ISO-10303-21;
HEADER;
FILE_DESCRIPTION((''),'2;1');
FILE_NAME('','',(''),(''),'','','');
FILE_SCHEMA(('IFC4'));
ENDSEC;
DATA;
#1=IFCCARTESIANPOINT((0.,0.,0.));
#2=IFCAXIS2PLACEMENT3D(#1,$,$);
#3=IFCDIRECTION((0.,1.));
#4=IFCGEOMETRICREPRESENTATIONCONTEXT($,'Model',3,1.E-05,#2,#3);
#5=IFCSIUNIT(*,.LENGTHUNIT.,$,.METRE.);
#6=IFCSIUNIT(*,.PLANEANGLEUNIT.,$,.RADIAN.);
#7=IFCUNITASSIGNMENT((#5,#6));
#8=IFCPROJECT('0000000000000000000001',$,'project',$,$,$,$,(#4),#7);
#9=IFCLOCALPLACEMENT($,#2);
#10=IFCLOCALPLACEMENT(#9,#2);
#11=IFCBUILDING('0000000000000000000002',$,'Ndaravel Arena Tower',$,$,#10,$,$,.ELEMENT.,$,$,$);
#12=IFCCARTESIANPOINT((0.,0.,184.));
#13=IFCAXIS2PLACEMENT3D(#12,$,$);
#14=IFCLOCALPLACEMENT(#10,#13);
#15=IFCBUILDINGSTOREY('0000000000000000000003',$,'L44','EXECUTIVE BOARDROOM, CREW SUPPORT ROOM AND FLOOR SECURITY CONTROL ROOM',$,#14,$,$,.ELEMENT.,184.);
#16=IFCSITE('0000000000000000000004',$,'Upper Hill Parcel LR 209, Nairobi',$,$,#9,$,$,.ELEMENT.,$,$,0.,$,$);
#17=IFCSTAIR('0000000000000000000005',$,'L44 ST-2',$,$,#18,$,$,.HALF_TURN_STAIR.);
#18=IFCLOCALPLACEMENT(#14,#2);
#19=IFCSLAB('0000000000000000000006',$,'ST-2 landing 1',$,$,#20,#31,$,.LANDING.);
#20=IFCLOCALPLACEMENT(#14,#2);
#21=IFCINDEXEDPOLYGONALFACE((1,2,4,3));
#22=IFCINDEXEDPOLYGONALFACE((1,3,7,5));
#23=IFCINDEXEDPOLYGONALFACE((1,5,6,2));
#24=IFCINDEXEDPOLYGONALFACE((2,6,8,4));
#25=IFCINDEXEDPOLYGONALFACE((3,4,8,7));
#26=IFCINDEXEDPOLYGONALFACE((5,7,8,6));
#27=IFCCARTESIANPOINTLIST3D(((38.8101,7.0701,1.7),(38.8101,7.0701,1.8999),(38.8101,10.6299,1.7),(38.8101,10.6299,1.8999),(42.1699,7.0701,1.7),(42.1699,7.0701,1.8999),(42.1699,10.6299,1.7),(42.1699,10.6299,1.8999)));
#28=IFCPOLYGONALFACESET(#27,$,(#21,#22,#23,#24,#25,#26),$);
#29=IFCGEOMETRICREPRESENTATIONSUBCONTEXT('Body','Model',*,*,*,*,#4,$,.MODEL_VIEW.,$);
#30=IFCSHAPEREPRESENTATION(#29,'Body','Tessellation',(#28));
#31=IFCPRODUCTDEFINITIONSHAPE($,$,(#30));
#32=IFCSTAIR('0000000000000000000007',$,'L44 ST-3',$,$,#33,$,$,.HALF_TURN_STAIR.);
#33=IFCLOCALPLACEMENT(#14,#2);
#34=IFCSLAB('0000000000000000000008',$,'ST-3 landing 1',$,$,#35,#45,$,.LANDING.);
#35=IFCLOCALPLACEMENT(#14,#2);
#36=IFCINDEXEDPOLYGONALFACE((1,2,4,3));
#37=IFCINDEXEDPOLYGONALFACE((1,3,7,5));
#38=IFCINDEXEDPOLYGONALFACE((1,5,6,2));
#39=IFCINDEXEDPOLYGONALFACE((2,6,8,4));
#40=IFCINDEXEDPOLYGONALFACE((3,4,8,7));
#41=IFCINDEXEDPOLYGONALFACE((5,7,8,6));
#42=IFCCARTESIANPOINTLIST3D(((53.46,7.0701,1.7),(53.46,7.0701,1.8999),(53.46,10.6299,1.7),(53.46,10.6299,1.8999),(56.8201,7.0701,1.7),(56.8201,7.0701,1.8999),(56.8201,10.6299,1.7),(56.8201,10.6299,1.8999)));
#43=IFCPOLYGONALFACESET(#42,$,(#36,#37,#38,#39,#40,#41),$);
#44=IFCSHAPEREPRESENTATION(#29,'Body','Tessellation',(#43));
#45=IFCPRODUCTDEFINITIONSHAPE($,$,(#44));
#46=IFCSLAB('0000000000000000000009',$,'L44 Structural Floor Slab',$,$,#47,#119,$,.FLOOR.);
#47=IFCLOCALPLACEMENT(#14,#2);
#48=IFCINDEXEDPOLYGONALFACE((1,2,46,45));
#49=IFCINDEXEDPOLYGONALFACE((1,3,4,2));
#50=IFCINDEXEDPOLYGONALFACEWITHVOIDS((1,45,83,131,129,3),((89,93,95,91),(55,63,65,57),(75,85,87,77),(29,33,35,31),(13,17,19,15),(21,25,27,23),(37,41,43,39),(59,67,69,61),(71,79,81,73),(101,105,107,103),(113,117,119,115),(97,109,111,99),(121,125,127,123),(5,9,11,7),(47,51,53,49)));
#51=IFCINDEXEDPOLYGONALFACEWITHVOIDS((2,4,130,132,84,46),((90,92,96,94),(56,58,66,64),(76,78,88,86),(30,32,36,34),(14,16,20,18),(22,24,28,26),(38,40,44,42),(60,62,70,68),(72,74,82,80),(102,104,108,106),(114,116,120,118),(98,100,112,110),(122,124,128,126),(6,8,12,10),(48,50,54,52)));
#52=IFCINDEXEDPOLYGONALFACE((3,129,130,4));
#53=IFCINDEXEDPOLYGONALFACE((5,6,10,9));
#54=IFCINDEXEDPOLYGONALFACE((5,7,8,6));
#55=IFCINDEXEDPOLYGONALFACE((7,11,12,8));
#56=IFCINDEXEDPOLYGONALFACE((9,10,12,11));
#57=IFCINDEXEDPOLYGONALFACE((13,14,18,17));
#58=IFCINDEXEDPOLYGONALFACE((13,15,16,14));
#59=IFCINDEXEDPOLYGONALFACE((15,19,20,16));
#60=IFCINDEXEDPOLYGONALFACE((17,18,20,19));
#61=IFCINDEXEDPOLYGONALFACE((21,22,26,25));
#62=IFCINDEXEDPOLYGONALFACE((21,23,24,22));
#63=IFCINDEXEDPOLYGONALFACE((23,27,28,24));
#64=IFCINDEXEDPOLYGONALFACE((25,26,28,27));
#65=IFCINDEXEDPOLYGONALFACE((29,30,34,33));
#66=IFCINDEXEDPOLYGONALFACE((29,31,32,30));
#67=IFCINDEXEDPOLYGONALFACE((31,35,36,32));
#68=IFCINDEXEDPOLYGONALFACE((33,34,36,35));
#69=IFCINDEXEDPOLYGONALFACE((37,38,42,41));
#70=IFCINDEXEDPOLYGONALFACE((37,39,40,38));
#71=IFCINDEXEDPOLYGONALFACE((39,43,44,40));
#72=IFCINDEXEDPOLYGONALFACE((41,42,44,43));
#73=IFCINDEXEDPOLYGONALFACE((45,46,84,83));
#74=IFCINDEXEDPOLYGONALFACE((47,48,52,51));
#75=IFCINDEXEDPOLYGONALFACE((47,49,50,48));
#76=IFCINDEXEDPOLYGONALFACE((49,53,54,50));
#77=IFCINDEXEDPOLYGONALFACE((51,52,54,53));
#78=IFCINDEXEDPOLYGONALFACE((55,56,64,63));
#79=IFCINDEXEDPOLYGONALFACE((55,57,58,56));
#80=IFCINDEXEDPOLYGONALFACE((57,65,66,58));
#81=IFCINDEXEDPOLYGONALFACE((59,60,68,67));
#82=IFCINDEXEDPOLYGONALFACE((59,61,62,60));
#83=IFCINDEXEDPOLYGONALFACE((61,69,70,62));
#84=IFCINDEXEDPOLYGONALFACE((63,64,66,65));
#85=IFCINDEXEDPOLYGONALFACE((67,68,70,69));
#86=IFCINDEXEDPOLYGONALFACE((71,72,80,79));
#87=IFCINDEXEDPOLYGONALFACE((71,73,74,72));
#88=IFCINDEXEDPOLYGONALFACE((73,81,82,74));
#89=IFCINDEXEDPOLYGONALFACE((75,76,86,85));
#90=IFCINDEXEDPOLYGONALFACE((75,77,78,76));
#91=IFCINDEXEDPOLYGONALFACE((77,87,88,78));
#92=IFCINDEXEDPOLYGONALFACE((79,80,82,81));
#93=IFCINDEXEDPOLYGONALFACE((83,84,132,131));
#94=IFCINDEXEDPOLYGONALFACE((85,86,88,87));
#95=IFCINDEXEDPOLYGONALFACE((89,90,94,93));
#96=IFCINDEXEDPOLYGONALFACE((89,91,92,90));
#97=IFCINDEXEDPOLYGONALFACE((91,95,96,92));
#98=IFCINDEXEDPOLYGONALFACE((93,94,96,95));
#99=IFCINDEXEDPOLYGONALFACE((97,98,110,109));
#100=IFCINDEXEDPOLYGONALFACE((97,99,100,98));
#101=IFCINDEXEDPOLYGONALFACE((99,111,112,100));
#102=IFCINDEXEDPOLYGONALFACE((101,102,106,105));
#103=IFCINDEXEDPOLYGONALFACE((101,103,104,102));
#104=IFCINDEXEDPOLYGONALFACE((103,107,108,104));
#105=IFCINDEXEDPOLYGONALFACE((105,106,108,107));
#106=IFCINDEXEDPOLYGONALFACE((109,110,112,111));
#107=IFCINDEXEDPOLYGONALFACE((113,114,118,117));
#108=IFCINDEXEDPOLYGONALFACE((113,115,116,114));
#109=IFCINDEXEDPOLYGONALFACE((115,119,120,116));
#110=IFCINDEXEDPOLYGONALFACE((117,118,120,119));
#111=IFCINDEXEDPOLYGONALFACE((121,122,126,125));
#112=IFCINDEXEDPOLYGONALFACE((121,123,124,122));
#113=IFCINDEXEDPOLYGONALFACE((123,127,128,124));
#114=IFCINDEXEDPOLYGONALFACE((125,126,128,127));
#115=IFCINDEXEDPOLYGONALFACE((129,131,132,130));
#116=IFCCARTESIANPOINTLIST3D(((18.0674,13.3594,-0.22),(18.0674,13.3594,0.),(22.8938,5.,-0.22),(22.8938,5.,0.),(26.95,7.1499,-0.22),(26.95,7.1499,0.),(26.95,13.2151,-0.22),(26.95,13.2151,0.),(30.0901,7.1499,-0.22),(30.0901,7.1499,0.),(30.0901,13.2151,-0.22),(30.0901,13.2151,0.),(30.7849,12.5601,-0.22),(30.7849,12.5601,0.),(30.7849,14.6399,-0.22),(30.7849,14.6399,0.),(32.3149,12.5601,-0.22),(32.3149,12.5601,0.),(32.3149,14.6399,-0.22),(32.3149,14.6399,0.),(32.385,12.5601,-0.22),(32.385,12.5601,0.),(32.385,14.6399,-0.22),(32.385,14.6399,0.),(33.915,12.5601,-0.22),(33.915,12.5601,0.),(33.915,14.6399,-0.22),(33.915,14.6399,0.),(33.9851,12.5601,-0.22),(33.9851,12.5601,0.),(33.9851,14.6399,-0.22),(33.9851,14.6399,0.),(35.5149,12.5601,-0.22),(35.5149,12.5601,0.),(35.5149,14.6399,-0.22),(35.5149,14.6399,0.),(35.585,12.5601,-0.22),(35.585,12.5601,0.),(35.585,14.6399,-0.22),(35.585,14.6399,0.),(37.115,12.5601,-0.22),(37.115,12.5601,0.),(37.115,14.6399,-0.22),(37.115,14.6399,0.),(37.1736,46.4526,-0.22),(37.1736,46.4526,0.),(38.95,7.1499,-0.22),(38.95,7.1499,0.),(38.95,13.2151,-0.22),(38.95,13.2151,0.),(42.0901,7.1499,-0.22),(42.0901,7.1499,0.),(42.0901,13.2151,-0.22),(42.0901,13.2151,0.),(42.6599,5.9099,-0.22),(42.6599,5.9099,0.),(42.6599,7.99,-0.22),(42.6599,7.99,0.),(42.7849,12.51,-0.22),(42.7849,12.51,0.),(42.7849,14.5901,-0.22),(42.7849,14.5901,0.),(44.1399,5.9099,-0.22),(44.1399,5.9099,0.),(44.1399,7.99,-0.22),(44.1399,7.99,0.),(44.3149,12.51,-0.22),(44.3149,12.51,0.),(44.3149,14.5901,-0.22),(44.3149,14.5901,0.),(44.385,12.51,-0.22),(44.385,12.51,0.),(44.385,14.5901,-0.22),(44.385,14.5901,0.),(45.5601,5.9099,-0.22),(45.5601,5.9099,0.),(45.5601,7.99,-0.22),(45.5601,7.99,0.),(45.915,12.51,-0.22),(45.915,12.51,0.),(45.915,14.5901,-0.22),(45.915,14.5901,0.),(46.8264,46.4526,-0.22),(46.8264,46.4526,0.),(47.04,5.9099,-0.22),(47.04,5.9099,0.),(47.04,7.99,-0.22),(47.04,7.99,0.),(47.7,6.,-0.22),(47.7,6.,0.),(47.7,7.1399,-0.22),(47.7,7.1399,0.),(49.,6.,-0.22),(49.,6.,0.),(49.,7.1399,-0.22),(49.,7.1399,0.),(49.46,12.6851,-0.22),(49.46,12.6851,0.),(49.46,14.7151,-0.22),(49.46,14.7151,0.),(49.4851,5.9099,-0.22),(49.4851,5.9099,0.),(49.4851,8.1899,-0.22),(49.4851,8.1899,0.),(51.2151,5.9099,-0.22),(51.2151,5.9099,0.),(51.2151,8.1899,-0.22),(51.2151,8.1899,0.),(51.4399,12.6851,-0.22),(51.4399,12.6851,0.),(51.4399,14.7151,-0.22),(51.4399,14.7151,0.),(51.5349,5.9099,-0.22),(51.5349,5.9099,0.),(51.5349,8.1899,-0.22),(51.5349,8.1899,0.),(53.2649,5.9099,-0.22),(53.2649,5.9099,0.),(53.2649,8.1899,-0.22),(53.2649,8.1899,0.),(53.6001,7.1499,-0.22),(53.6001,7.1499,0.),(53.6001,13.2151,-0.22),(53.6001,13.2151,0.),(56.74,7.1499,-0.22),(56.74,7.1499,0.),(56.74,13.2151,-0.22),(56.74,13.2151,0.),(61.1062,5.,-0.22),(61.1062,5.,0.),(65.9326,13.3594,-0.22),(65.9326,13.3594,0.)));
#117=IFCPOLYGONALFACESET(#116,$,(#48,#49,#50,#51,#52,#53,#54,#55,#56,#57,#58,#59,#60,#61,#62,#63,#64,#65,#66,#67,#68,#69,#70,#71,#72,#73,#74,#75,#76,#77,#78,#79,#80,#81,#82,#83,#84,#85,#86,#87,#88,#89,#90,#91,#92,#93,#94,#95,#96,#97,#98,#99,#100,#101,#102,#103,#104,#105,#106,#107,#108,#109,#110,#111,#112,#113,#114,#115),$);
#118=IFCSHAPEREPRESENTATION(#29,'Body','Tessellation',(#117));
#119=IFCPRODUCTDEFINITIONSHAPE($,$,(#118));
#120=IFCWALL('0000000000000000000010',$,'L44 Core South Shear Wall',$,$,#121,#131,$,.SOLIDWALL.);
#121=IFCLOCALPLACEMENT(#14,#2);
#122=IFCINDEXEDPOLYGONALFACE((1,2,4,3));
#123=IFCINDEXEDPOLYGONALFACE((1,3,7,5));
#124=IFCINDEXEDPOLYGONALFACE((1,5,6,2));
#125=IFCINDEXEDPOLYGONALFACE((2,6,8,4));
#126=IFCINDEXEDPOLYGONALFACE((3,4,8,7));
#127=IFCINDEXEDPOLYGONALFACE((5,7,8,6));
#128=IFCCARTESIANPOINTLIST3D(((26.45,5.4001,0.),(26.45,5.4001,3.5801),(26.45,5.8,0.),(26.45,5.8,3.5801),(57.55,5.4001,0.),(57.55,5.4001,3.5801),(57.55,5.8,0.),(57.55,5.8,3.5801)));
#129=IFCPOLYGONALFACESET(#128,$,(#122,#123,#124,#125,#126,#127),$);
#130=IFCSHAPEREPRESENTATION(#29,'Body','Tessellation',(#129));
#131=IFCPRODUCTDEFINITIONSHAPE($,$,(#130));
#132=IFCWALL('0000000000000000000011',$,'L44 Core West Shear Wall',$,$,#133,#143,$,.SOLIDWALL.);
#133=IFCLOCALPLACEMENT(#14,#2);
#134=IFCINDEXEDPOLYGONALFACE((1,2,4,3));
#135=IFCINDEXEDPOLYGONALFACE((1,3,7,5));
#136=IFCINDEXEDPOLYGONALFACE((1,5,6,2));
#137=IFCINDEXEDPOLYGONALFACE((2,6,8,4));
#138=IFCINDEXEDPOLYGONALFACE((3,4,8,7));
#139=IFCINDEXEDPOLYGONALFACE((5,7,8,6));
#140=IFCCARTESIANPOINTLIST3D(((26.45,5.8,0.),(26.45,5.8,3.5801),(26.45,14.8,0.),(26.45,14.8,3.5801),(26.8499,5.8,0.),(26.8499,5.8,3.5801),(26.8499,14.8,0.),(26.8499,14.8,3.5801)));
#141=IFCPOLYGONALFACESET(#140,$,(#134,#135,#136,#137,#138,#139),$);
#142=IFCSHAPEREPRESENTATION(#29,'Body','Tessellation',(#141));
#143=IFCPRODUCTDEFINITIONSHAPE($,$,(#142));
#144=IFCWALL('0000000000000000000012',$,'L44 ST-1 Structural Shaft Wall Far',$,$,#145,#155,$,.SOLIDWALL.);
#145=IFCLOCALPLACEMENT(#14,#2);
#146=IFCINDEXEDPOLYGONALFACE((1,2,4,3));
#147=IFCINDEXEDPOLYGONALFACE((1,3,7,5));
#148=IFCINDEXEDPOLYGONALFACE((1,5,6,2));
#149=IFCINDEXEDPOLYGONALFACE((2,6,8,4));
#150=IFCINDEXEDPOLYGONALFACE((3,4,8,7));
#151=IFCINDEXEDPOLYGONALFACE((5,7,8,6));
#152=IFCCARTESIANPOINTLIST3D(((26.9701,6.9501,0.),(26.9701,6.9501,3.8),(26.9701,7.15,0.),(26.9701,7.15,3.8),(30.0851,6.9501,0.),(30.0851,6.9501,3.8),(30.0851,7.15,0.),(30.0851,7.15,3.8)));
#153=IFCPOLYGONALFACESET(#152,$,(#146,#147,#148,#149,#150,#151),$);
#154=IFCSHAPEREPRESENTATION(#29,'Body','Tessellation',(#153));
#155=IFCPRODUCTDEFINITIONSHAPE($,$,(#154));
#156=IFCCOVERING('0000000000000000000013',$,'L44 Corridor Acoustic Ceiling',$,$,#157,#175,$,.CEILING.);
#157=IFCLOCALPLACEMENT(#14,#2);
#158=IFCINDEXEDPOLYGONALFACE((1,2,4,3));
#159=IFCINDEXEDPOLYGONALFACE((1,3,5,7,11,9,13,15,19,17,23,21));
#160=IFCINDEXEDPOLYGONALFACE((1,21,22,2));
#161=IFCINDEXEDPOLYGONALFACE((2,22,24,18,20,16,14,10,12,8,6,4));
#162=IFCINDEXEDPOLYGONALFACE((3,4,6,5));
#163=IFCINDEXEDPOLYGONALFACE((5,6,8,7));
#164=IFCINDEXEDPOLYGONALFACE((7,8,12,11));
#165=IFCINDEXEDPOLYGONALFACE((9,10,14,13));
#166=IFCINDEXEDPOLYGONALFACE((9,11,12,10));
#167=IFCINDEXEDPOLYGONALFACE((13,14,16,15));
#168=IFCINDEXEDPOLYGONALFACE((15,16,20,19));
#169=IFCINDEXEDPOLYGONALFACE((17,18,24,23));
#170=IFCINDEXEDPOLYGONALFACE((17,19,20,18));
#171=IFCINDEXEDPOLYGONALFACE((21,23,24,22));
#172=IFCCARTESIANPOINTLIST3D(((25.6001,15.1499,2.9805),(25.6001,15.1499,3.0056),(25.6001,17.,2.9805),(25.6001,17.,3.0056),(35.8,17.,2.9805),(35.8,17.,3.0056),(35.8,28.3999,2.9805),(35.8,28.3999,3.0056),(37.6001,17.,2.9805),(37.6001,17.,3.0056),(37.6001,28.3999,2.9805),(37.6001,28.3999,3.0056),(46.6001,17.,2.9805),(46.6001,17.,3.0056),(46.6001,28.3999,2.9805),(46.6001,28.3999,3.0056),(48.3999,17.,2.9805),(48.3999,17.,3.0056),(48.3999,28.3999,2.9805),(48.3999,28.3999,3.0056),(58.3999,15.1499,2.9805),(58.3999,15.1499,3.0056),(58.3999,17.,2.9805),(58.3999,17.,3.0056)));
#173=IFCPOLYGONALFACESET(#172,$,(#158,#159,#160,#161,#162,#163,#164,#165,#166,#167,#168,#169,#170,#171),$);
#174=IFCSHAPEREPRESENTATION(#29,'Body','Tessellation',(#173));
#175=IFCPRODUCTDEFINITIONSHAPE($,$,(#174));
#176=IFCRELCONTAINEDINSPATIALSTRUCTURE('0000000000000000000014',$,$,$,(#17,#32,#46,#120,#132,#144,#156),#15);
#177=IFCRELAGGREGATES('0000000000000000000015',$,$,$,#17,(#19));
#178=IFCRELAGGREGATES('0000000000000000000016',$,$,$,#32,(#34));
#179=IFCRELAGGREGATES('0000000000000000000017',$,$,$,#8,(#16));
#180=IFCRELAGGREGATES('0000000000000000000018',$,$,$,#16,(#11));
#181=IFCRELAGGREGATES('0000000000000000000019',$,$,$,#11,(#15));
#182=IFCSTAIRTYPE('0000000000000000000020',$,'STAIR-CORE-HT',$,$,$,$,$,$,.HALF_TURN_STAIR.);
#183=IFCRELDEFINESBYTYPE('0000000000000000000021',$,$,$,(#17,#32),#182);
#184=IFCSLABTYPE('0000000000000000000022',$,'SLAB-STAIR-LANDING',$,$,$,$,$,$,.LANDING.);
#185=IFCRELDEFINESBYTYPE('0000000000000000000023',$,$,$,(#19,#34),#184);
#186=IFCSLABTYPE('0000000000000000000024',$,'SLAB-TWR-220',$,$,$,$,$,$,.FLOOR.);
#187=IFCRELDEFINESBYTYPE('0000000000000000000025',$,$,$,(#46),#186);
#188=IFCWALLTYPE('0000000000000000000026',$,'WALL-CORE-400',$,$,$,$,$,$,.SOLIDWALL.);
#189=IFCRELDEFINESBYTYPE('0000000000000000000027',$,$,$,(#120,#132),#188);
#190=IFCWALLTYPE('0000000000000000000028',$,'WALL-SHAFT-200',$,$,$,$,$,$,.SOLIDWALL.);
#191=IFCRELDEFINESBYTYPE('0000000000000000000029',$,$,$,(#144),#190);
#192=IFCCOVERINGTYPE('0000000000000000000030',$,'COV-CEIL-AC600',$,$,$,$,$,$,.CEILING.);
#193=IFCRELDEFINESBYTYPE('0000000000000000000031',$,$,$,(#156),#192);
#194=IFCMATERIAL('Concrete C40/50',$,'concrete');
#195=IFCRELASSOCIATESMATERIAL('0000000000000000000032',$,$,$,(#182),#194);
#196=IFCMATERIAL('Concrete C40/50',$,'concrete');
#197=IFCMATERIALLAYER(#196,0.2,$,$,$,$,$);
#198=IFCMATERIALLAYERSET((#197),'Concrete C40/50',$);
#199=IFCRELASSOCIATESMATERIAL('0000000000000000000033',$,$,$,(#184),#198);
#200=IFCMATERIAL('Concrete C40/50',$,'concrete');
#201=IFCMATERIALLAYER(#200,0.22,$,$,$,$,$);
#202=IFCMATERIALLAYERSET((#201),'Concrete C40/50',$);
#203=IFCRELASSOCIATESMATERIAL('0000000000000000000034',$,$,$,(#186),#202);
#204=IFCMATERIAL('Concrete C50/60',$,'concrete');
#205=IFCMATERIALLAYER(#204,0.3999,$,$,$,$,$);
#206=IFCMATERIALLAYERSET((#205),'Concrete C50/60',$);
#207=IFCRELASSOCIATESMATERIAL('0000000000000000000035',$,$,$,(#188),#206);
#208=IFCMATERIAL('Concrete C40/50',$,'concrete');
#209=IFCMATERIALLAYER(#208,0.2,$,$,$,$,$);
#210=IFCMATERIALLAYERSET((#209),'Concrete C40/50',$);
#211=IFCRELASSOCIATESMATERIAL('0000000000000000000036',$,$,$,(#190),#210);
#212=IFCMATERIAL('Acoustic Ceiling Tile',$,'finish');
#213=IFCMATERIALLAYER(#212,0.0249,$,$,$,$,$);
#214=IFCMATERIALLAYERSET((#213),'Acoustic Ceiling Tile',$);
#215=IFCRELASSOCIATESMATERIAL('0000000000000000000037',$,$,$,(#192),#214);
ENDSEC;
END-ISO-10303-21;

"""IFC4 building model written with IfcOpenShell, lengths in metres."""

from ifc_helpers import new_model, si_unit, direction, frame, frame_2d, origin, place, context, subcontext, project, spatial, polyline, rectangle, outline, extrude, material, layer, layer_set, type_object, element, aggregate, save


model = new_model("IFC4")

# Units and contexts
model_context = context("Model", 3, precision=1e-05, world=origin(), true_north=direction((0.0, 1.0)))
body_context = subcontext(model_context, "Body", "Model", "MODEL_VIEW")
ifc_project = project(units=[si_unit("LENGTHUNIT", "METRE"), si_unit("PLANEANGLEUNIT", "RADIAN")], contexts=[model_context])

# Site, building, storey
site_placement = place(None, origin())
site = spatial("IfcSite", under=ifc_project, at=site_placement, Name="Upper Hill Parcel LR 209, Nairobi", CompositionType="ELEMENT", RefElevation=0.0)
building_placement = place(site_placement, origin())
building = spatial("IfcBuilding", under=site, at=building_placement, Name="Ndaravel Arena Tower", CompositionType="ELEMENT")
storey_placement = place(building_placement, frame((0.0, 0.0, 184.0)))
storey = spatial("IfcBuildingStorey", under=building, at=storey_placement, Name="L44", Description="EXECUTIVE BOARDROOM, CREW SUPPORT ROOM AND FLOOR SECURITY CONTROL ROOM", CompositionType="ELEMENT", Elevation=184.0)

# Stairs, slabs
ifc_material_1 = material(Name="Concrete C40/50", Category="concrete")
stair_type = type_object("IfcStairType", Name="STAIR-CORE-HT", PredefinedType="HALF_TURN_STAIR", material=ifc_material_1)
ifc_material_2 = material(Name="Concrete C40/50", Category="concrete")
ifc_layer_1 = layer(ifc_material_2, 0.2)
ifc_layer_set_1 = layer_set([ifc_layer_1], Name="Concrete C40/50")
slab_type_1 = type_object("IfcSlabType", Name="SLAB-STAIR-LANDING", PredefinedType="LANDING", material=ifc_layer_set_1)
stair_1_placement = place(storey_placement, origin())
stair_1 = element("IfcStair", 1, at=stair_1_placement, inside=storey, type_object=stair_type, Name="L44 ST-2", PredefinedType="HALF_TURN_STAIR")
slab_1_placement = place(storey_placement, frame((0.0, 0.0, 1.7)))
slab_1 = element("IfcSlab", 2, at=slab_1_placement, type_object=slab_type_1, Name="ST-2 landing 1", PredefinedType="LANDING", context=body_context, shape_type="SweptSolid", body=[
    extrude(outline(polyline([(38.8101, 10.6299), (38.8101, 7.0701), (42.1699, 7.0701), (42.1699, 10.6299), (38.8101, 10.6299)])), origin(), (0.0, 0.0, 1.0), 0.2),
])
aggregate(stair_1, [slab_1])
stair_2_placement = place(storey_placement, origin())
stair_2 = element("IfcStair", 3, at=stair_2_placement, inside=storey, type_object=stair_type, Name="L44 ST-3", PredefinedType="HALF_TURN_STAIR")
slab_2_placement = place(storey_placement, frame((0.0, 0.0, 1.7)))
slab_2 = element("IfcSlab", 4, at=slab_2_placement, type_object=slab_type_1, Name="ST-3 landing 1", PredefinedType="LANDING", context=body_context, shape_type="SweptSolid", body=[
    extrude(outline(polyline([(53.46, 10.6299), (53.46, 7.0701), (56.8201, 7.0701), (56.8201, 10.6299), (53.46, 10.6299)])), origin(), (0.0, 0.0, 1.0), 0.2),
])
aggregate(stair_2, [slab_2])

# Slab
ifc_material_3 = material(Name="Concrete C40/50", Category="concrete")
ifc_layer_2 = layer(ifc_material_3, 0.22)
ifc_layer_set_2 = layer_set([ifc_layer_2], Name="Concrete C40/50")
slab_type_2 = type_object("IfcSlabType", Name="SLAB-TWR-220", PredefinedType="FLOOR", material=ifc_layer_set_2)
slab_3_placement = place(storey_placement, frame((0.0, 0.0, -0.22)))
element("IfcSlab", 5, at=slab_3_placement, inside=storey, type_object=slab_type_2, Name="L44 Structural Floor Slab", PredefinedType="FLOOR", context=body_context, shape_type="SweptSolid", body=[
    extrude(outline(polyline([(18.0674, 13.3594), (22.8938, 5.0), (61.1062, 5.0), (65.9326, 13.3594), (46.8264, 46.4526), (37.1736, 46.4526), (18.0674, 13.3594)]), holes=[polyline([(26.95, 13.2151), (26.95, 7.1499), (30.0901, 7.1499), (30.0901, 13.2151), (26.95, 13.2151)]), polyline([(38.95, 13.2151), (38.95, 7.1499), (42.0901, 7.1499), (42.0901, 13.2151), (38.95, 13.2151)]), polyline([(53.6001, 13.2151), (53.6001, 7.1499), (56.74, 7.1499), (56.74, 13.2151), (53.6001, 13.2151)]), polyline([(30.7849, 12.5601), (32.3149, 12.5601), (32.3149, 14.6399), (30.7849, 14.6399), (30.7849, 12.5601)]), polyline([(32.385, 12.5601), (33.915, 12.5601), (33.915, 14.6399), (32.385, 14.6399), (32.385, 12.5601)]), polyline([(33.9851, 12.5601), (35.5149, 12.5601), (35.5149, 14.6399), (33.9851, 14.6399), (33.9851, 12.5601)]), polyline([(35.585, 12.5601), (37.115, 12.5601), (37.115, 14.6399), (35.585, 14.6399), (35.585, 12.5601)]), polyline([(42.6599, 5.9099), (44.1399, 5.9099), (44.1399, 7.99), (42.6599, 7.99), (42.6599, 5.9099)]), polyline([(45.5601, 5.9099), (47.04, 5.9099), (47.04, 7.99), (45.5601, 7.99), (45.5601, 5.9099)]), polyline([(42.7849, 12.51), (44.3149, 12.51), (44.3149, 14.5901), (42.7849, 14.5901), (42.7849, 12.51)]), polyline([(44.385, 12.51), (45.915, 12.51), (45.915, 14.5901), (44.385, 14.5901), (44.385, 12.51)]), polyline([(49.4851, 5.9099), (51.2151, 5.9099), (51.2151, 8.1899), (49.4851, 8.1899), (49.4851, 5.9099)]), polyline([(51.5349, 5.9099), (53.2649, 5.9099), (53.2649, 8.1899), (51.5349, 8.1899), (51.5349, 5.9099)]), polyline([(49.46, 12.6851), (51.4399, 12.6851), (51.4399, 14.7151), (49.46, 14.7151), (49.46, 12.6851)]), polyline([(47.7, 6.0), (49.0, 6.0), (49.0, 7.1399), (47.7, 7.1399), (47.7, 6.0)])]), origin(), (0.0, 0.0, 1.0), 0.22),
])

# Walls
ifc_material_4 = material(Name="Concrete C50/60", Category="concrete")
ifc_layer_3 = layer(ifc_material_4, 0.3999)
ifc_layer_set_3 = layer_set([ifc_layer_3], Name="Concrete C50/60")
wall_type_1 = type_object("IfcWallType", Name="WALL-CORE-400", PredefinedType="SOLIDWALL", material=ifc_layer_set_3)
wall_1_placement = place(storey_placement, frame((26.45, 5.6001, 0.0), z_axis=(0.0, 0.0, 1.0), x_axis=(1.0, 0.0, 0.0)))
element("IfcWall", 6, at=wall_1_placement, inside=storey, type_object=wall_type_1, Name="L44 Core South Shear Wall", PredefinedType="SOLIDWALL", context=body_context, shape_type="SweptSolid", body=[
    extrude(rectangle(XDim=31.1001, YDim=0.3999, at=frame_2d((15.55, 0.0))), origin(), (0.0, 0.0, 1.0), 3.5801),
])
wall_2_placement = place(storey_placement, frame((26.6499, 5.8, 0.0), z_axis=(0.0, 0.0, 1.0), x_axis=(0.0, 1.0, 0.0)))
element("IfcWall", 7, at=wall_2_placement, inside=storey, type_object=wall_type_1, Name="L44 Core West Shear Wall", PredefinedType="SOLIDWALL", context=body_context, shape_type="SweptSolid", body=[
    extrude(rectangle(XDim=9.0, YDim=0.3999, at=frame_2d((4.5, 0.0))), origin(), (0.0, 0.0, 1.0), 3.5801),
])
ifc_material_5 = material(Name="Concrete C40/50", Category="concrete")
ifc_layer_4 = layer(ifc_material_5, 0.2)
ifc_layer_set_4 = layer_set([ifc_layer_4], Name="Concrete C40/50")
wall_type_2 = type_object("IfcWallType", Name="WALL-SHAFT-200", PredefinedType="SOLIDWALL", material=ifc_layer_set_4)
wall_3_placement = place(storey_placement, frame((26.97, 7.05, 0.0), z_axis=(0.0, 0.0, 1.0), x_axis=(1.0, 0.0, 0.0)))
element("IfcWall", 8, at=wall_3_placement, inside=storey, type_object=wall_type_2, Name="L44 ST-1 Structural Shaft Wall Far", PredefinedType="SOLIDWALL", context=body_context, shape_type="SweptSolid", body=[
    extrude(rectangle(XDim=3.115, YDim=0.2, at=frame_2d((1.5576, 0.0))), origin(), (0.0, 0.0, 1.0), 3.8),
])

# Covering
ifc_material_6 = material(Name="Acoustic Ceiling Tile", Category="finish")
ifc_layer_5 = layer(ifc_material_6, 0.0249)
ifc_layer_set_5 = layer_set([ifc_layer_5], Name="Acoustic Ceiling Tile")
covering_type_1 = type_object("IfcCoveringType", Name="COV-CEIL-AC600", PredefinedType="CEILING", material=ifc_layer_set_5)
covering_1_placement = place(storey_placement, frame((0.0, 0.0, 2.9805)))
element("IfcCovering", 9, at=covering_1_placement, inside=storey, type_object=covering_type_1, Name="L44 Corridor Acoustic Ceiling", PredefinedType="CEILING", context=body_context, shape_type="SweptSolid", body=[
    extrude(outline(polyline([(58.3999, 17.0), (48.3999, 17.0), (48.3999, 28.3999), (46.6001, 28.3999), (46.6001, 17.0), (37.6001, 17.0), (37.6001, 28.3999), (35.8, 28.3999), (35.8, 17.0), (25.6001, 17.0), (25.6001, 15.1499), (58.3999, 15.1499), (58.3999, 17.0)])), origin(), (0.0, 0.0, 1.0), 0.0251),
])

save(model, "model.ifc")
